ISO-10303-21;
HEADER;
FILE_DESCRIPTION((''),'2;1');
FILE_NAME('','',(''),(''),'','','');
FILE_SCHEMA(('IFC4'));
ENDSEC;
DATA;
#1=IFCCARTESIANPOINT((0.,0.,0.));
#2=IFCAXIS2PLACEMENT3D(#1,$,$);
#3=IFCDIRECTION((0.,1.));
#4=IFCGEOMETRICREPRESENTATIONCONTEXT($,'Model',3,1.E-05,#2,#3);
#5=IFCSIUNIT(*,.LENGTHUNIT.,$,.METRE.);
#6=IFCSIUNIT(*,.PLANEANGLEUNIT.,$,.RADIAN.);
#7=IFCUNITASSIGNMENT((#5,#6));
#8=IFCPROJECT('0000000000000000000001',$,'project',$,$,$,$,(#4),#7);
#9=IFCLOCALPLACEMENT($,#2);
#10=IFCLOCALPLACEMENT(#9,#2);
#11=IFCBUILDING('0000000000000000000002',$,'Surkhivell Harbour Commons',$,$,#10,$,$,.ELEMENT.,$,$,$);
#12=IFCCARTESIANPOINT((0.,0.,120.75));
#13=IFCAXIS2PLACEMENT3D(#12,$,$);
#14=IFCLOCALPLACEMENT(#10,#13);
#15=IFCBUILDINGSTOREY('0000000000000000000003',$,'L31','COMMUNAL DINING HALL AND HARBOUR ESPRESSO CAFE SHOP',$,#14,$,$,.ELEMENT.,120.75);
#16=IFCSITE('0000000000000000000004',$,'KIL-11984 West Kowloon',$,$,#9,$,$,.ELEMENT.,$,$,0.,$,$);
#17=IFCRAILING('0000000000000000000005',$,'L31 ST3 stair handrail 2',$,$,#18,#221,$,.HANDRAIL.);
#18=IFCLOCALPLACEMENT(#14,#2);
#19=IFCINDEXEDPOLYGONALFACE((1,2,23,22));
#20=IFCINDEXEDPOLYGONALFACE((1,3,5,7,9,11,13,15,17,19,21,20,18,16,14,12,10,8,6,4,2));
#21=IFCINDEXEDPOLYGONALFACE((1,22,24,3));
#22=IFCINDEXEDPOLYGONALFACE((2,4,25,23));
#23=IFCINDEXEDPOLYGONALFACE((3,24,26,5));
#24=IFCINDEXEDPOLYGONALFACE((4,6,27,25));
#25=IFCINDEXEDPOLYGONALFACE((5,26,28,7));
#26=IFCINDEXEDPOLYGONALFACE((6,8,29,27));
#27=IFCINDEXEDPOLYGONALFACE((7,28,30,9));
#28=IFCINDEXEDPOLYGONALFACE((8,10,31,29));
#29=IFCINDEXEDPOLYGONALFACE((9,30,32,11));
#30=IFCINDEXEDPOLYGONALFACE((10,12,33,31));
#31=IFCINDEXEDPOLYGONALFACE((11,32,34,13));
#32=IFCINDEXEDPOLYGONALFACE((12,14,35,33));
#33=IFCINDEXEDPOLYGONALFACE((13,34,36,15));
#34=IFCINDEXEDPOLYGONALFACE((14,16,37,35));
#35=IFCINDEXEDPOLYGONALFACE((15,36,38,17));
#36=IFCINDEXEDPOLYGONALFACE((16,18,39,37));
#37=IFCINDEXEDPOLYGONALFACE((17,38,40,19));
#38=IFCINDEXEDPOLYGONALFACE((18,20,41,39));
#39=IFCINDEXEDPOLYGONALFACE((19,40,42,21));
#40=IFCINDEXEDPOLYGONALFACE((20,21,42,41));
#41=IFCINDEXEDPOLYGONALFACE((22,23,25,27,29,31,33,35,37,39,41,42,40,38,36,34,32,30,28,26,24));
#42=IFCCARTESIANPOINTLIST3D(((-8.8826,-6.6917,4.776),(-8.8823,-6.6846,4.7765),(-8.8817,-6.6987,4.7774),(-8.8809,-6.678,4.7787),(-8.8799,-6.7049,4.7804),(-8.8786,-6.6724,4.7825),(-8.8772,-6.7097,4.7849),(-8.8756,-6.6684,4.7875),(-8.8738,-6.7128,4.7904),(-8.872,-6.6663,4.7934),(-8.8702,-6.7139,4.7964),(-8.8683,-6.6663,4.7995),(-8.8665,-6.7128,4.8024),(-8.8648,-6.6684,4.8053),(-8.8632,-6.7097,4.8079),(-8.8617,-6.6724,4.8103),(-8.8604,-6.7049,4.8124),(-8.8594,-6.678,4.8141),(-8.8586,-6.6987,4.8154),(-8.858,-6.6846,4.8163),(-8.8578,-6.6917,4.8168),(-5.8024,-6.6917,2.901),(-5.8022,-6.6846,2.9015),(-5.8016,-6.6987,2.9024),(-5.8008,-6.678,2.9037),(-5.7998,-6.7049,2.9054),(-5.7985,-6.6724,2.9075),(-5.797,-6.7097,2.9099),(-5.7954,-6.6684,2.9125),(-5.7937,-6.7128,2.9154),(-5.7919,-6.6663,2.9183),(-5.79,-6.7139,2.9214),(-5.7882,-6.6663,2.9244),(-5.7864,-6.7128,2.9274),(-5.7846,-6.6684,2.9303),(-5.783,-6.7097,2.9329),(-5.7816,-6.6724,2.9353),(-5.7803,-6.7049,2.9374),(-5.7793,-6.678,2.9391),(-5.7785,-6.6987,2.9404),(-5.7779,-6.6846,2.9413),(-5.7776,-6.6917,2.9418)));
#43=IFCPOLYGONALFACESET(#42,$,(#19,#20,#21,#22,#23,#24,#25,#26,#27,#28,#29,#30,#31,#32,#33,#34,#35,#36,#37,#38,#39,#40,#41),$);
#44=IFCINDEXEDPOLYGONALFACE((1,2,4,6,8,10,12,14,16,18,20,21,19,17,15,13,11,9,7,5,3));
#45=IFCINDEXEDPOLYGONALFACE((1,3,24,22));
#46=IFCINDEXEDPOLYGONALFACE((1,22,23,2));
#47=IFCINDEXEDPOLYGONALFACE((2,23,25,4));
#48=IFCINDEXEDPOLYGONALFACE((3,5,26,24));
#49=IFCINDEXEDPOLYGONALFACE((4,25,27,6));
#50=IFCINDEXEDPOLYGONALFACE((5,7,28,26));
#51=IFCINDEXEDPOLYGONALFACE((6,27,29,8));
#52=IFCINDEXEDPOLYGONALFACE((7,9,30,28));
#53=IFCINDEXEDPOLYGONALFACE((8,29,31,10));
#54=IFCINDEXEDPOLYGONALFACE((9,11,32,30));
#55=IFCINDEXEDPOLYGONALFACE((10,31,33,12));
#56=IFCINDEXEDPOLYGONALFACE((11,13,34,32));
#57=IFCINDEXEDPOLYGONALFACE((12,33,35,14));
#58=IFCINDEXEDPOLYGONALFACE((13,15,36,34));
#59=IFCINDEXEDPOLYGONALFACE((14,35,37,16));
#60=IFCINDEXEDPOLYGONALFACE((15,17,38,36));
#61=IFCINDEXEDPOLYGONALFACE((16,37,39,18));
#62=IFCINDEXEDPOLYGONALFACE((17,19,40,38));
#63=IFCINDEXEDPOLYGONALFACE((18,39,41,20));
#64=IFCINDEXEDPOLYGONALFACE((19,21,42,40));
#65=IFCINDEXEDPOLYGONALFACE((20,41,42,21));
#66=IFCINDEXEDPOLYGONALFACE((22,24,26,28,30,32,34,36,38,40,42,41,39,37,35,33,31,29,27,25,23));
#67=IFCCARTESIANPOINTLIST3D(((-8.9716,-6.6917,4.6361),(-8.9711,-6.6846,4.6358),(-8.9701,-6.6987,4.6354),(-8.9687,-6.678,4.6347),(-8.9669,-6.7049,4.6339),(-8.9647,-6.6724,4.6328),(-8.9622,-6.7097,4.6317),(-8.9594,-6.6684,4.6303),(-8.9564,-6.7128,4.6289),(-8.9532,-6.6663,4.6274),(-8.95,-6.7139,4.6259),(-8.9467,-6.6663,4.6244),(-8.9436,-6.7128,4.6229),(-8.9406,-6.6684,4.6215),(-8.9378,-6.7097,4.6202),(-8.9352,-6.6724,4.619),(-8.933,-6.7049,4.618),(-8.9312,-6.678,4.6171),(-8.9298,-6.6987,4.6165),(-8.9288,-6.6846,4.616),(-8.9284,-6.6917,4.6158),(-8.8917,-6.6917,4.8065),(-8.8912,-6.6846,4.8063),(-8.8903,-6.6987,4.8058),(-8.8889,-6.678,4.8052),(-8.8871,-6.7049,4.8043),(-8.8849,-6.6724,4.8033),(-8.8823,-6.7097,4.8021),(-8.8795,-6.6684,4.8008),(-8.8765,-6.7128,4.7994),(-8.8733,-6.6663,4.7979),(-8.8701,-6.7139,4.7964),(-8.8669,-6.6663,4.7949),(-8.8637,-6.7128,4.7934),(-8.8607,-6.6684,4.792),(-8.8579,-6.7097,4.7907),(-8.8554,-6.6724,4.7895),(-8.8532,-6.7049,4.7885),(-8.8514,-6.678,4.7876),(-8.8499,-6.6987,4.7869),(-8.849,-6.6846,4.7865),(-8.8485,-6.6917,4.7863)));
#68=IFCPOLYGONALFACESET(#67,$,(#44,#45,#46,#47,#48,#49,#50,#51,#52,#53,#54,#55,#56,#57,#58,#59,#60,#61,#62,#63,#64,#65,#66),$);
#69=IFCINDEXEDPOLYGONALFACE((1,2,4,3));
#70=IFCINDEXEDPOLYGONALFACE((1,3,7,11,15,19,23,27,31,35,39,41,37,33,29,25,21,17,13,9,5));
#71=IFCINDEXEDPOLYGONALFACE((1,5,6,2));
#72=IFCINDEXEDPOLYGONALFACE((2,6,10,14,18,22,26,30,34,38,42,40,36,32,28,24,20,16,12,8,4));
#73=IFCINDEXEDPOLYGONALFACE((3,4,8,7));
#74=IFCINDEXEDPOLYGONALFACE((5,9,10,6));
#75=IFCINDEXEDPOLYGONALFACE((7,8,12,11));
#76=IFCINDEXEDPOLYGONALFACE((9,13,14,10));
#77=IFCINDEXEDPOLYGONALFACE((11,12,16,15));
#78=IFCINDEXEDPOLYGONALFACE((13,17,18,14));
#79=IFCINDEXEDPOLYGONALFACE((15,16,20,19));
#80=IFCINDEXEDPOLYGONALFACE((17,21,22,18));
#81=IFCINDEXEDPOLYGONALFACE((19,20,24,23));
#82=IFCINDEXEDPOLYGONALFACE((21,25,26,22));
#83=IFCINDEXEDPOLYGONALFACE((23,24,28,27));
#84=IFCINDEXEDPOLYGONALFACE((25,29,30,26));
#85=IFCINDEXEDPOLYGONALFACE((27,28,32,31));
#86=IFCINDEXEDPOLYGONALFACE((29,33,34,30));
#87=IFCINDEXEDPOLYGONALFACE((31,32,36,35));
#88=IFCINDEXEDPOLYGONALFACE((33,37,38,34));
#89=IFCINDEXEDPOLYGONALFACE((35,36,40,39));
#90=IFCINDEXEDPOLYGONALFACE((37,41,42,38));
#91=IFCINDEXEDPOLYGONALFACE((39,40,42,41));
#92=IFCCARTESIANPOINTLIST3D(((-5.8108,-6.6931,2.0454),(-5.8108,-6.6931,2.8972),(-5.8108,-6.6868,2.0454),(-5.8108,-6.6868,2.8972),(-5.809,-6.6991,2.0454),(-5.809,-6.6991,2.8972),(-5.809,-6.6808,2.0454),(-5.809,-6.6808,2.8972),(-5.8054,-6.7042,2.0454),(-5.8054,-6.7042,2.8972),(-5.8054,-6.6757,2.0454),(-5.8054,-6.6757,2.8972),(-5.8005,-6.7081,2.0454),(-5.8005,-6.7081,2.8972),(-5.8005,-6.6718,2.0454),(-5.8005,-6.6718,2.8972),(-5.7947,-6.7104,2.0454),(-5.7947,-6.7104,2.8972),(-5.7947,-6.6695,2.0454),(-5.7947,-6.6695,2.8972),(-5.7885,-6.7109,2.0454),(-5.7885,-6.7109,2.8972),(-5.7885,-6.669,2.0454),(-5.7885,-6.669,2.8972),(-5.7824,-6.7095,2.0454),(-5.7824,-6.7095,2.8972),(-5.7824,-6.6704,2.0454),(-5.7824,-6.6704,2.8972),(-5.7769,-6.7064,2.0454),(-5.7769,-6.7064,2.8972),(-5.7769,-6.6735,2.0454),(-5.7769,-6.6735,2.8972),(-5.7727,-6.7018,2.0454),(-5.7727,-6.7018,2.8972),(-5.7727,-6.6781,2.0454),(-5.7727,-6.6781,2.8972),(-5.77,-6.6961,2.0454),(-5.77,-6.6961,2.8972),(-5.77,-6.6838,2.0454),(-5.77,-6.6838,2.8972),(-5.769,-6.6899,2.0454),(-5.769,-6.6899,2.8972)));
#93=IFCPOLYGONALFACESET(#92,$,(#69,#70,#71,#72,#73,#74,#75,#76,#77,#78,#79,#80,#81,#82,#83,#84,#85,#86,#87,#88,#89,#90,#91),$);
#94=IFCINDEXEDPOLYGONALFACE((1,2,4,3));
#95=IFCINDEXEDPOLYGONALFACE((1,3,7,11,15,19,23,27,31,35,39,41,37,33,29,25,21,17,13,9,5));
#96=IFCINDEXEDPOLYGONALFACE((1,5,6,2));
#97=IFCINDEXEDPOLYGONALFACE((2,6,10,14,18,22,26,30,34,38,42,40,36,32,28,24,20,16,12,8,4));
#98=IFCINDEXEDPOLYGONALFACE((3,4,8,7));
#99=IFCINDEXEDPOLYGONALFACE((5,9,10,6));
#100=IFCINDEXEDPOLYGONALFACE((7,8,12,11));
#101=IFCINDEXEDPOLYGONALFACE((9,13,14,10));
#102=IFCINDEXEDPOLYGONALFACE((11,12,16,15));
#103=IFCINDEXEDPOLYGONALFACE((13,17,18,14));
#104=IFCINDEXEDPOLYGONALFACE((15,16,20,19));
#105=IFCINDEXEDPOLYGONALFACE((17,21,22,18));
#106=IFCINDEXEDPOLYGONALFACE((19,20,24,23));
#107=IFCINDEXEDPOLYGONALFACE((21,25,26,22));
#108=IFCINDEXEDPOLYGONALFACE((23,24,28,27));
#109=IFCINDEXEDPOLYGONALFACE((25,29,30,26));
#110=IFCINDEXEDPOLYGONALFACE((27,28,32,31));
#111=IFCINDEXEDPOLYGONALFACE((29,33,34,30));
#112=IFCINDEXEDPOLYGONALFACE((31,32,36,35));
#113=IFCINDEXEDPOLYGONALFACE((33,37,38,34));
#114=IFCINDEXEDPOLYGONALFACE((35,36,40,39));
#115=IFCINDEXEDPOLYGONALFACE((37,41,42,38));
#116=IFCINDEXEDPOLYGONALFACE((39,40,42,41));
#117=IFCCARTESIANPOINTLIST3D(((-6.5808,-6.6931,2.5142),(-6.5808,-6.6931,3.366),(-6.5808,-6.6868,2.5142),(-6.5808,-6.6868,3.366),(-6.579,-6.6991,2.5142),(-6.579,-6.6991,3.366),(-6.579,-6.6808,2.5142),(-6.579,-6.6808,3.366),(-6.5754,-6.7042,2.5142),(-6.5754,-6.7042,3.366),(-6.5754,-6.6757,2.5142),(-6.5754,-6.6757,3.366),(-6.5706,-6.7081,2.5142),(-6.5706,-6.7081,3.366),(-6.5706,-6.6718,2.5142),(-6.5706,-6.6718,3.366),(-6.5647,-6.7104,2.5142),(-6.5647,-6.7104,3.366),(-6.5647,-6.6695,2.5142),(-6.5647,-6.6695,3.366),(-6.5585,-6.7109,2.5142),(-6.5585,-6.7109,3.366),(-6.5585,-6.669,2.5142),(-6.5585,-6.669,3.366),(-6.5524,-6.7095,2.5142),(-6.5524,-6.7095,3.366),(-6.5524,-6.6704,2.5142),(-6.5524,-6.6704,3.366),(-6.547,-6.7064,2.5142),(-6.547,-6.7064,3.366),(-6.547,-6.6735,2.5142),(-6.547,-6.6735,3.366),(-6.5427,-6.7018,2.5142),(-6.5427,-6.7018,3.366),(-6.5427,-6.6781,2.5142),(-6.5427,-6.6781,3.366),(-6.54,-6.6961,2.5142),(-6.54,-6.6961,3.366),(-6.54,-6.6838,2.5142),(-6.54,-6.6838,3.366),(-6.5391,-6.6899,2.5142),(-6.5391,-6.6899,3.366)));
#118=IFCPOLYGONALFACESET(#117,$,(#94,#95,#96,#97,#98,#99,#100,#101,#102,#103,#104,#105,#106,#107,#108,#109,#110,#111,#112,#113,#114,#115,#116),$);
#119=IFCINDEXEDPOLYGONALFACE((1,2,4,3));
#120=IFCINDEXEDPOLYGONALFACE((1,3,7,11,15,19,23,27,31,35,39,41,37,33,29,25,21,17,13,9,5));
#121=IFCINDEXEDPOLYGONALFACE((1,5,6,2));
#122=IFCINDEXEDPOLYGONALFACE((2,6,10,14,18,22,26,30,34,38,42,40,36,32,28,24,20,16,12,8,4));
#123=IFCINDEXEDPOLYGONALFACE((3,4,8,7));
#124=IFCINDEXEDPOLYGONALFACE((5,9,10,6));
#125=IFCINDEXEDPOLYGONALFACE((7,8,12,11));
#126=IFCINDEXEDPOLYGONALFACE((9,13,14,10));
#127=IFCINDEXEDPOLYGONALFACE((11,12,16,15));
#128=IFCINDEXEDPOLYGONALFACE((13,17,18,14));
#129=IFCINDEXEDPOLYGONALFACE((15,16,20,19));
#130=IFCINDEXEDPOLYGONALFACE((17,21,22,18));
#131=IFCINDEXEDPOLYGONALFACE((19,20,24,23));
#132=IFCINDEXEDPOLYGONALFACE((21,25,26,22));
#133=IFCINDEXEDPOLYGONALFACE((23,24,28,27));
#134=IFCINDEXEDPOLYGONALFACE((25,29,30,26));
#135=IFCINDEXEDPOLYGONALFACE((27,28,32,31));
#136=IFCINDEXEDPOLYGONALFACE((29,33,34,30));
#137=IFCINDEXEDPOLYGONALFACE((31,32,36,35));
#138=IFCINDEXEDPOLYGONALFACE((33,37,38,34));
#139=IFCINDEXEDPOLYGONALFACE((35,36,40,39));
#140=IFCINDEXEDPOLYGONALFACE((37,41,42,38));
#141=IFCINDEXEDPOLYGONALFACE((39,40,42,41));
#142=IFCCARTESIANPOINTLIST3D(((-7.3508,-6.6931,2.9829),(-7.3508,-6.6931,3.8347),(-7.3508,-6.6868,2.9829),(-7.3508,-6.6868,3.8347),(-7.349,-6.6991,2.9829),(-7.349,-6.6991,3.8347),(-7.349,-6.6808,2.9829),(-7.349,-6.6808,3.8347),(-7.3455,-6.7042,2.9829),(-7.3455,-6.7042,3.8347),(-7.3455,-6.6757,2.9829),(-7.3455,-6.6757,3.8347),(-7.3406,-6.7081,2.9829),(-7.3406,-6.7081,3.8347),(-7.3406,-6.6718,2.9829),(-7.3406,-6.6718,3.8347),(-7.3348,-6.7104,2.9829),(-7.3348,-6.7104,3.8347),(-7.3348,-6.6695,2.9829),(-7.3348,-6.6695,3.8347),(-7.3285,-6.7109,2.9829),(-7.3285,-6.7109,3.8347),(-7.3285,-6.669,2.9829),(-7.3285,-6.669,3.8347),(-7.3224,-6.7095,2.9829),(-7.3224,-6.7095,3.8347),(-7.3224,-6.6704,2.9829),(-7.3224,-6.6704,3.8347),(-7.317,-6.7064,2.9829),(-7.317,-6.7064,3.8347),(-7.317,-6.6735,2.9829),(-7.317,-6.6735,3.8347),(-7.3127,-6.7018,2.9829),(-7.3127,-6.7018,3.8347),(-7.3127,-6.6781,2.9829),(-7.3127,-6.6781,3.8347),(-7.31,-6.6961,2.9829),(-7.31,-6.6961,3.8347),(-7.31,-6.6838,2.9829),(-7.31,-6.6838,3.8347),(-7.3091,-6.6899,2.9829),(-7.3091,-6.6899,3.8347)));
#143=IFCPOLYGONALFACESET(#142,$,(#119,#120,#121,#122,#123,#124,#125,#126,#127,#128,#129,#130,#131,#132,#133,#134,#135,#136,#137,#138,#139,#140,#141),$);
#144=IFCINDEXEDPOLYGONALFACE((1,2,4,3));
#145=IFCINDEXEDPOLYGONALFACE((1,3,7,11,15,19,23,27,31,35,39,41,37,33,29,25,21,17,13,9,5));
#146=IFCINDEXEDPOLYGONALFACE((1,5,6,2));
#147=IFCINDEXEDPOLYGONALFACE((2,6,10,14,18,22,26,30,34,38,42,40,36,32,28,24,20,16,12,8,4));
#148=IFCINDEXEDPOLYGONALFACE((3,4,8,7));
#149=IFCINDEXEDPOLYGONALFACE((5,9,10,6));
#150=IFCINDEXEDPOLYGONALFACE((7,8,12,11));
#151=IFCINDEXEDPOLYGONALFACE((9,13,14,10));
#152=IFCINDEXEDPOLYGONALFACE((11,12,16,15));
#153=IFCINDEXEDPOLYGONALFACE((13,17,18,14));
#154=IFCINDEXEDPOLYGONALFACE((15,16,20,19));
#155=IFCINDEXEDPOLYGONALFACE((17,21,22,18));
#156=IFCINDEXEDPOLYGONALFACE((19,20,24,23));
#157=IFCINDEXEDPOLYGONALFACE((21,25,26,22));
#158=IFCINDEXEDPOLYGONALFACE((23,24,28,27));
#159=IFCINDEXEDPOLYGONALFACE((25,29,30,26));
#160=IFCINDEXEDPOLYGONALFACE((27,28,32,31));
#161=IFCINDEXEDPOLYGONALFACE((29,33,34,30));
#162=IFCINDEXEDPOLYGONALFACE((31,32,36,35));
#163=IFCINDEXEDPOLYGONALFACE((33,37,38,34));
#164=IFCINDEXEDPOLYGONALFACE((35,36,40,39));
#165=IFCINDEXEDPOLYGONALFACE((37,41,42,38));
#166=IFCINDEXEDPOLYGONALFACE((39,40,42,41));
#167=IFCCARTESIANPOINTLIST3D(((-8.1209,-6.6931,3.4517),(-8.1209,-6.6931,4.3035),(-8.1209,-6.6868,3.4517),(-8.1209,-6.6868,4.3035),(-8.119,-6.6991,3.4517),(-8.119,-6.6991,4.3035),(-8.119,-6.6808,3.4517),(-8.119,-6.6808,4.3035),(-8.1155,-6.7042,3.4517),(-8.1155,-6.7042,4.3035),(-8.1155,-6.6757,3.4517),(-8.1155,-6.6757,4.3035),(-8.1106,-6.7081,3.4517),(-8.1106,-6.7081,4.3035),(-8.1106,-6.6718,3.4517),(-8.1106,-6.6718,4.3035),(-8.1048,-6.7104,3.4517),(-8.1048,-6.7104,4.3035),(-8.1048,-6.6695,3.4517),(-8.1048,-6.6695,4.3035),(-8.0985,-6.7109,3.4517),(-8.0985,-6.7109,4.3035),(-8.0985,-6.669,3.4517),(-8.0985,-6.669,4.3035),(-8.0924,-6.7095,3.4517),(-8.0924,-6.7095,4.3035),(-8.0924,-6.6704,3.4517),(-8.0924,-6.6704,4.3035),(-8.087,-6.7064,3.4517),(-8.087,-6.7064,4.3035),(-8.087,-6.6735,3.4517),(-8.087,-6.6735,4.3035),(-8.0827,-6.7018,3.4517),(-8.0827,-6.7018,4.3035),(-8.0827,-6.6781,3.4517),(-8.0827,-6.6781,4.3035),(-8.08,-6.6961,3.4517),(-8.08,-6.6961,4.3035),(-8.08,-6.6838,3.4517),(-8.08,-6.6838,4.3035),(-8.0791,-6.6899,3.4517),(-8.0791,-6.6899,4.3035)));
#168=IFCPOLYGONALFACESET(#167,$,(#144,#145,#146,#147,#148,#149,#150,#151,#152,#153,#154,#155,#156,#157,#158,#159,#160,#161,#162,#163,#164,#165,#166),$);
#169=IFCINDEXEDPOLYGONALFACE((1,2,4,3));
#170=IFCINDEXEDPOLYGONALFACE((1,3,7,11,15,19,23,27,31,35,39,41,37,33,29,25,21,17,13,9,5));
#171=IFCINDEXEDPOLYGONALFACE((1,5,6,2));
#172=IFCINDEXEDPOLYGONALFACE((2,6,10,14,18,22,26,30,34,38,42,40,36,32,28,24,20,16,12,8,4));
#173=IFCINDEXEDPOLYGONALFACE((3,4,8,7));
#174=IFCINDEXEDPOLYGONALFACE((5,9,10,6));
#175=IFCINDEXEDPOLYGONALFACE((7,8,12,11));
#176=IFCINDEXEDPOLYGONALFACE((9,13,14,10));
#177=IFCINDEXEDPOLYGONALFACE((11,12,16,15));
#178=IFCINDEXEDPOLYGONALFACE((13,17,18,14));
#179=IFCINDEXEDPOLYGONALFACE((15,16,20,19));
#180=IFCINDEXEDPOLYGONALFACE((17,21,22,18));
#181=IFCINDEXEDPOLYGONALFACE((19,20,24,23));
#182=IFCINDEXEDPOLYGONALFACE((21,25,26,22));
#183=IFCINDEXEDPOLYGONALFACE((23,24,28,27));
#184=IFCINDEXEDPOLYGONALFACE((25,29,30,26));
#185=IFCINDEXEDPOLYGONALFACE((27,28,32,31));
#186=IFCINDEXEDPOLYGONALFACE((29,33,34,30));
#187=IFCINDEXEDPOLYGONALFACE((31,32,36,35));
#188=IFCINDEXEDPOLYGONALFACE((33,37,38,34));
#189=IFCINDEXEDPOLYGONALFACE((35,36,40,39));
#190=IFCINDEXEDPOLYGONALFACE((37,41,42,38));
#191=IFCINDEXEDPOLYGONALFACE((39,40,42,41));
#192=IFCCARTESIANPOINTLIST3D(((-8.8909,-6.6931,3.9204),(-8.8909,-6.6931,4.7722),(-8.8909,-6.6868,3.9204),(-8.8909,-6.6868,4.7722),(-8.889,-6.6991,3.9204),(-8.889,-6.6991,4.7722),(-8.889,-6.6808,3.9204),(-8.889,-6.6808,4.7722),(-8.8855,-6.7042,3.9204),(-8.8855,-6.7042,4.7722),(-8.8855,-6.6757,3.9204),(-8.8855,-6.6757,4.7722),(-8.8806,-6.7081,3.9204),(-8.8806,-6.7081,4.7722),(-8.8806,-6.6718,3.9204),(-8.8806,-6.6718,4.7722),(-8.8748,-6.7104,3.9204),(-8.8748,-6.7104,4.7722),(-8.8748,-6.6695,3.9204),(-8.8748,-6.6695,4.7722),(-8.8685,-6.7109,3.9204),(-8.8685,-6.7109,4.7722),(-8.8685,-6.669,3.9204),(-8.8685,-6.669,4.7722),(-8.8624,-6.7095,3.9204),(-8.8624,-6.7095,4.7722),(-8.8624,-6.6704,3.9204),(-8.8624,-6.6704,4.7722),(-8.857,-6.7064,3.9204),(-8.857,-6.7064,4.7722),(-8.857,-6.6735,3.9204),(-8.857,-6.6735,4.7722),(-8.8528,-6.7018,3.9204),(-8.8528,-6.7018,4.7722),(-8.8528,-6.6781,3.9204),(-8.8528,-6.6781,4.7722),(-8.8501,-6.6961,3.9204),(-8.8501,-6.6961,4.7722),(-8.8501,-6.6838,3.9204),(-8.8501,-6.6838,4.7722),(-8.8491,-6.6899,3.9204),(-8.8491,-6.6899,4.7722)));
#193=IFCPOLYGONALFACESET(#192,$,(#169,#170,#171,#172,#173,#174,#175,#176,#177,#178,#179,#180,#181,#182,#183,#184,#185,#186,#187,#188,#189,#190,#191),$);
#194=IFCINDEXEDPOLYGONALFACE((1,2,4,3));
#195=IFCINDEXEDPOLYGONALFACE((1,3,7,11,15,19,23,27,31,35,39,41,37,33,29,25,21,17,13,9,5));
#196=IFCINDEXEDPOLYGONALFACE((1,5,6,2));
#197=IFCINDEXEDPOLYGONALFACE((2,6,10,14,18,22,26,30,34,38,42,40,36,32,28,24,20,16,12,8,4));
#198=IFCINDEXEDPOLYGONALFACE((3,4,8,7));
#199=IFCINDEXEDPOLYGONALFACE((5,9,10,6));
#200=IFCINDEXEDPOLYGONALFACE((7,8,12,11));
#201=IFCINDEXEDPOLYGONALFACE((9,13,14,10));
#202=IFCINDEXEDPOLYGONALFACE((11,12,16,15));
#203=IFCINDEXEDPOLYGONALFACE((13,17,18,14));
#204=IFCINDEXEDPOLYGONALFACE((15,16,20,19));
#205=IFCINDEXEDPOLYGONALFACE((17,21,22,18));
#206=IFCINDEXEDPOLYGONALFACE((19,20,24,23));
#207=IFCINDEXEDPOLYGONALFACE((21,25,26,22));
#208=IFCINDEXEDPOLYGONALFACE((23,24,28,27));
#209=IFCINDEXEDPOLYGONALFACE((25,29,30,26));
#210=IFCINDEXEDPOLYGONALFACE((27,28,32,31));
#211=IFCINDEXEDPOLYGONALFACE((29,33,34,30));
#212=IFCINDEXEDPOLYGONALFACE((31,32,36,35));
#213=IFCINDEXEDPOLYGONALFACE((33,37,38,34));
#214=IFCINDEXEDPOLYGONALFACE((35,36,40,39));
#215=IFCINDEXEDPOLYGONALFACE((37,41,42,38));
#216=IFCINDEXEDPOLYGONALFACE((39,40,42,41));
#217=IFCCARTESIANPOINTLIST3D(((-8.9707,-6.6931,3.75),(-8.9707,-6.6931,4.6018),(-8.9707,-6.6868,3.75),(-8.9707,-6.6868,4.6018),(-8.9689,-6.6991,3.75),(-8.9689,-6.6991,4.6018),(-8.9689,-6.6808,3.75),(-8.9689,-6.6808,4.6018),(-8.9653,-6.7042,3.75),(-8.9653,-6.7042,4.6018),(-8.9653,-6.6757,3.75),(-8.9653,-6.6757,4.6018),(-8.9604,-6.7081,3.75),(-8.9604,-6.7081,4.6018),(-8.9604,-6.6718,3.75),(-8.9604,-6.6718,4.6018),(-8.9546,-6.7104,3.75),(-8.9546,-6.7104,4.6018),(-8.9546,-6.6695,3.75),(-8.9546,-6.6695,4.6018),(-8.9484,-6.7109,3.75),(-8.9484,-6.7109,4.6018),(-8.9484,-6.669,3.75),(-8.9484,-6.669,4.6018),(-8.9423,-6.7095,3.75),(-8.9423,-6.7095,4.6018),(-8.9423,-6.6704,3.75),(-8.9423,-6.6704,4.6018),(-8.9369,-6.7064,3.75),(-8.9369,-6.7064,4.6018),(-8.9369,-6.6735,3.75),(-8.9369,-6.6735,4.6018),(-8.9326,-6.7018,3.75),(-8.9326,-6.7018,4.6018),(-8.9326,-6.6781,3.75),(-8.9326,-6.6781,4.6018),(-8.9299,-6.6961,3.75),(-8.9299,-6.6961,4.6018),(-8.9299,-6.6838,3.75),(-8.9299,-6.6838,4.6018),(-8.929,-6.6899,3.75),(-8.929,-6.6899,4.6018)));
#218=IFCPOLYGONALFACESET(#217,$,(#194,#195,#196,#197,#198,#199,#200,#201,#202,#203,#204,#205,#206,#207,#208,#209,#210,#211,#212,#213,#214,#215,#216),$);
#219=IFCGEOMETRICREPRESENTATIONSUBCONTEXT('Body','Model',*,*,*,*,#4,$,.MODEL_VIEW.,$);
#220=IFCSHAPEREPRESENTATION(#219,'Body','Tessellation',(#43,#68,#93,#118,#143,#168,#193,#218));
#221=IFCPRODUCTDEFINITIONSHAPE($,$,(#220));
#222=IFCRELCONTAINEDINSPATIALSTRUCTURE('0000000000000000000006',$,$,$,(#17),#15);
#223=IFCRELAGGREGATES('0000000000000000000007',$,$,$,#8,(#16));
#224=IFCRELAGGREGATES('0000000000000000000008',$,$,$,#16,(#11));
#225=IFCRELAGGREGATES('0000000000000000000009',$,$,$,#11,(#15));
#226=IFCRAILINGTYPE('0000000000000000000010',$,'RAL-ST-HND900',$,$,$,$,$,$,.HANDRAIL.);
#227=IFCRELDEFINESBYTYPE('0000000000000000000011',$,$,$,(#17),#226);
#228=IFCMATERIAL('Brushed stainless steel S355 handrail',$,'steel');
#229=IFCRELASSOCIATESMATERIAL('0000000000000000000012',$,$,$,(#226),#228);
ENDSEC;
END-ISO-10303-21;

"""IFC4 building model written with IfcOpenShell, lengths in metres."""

from ifc_helpers import new_model, si_unit, direction, frame, origin, origin_2d, place, context, subcontext, project, spatial, circle, extrude, material, type_object, element, save


model = new_model("IFC4")

# Units and contexts
model_context = context("Model", 3, precision=1e-05, world=origin(), true_north=direction((0.0, 1.0)))
body_context = subcontext(model_context, "Body", "Model", "MODEL_VIEW")
ifc_project = project(units=[si_unit("LENGTHUNIT", "METRE"), si_unit("PLANEANGLEUNIT", "RADIAN")], contexts=[model_context])

# Site, building, storey
site_placement = place(None, origin())
site = spatial("IfcSite", under=ifc_project, at=site_placement, Name="KIL-11984 West Kowloon", CompositionType="ELEMENT", RefElevation=0.0)
building_placement = place(site_placement, origin())
building = spatial("IfcBuilding", under=site, at=building_placement, Name="Surkhivell Harbour Commons", CompositionType="ELEMENT")
storey_placement = place(building_placement, frame((0.0, 0.0, 120.75)))
storey = spatial("IfcBuildingStorey", under=building, at=storey_placement, Name="L31", Description="COMMUNAL DINING HALL AND HARBOUR ESPRESSO CAFE SHOP", CompositionType="ELEMENT", Elevation=120.75)

# Railing
ifc_material_1 = material(Name="Brushed stainless steel S355 handrail", Category="steel")
railing_type_1 = type_object("IfcRailingType", Name="RAL-ST-HND900", PredefinedType="HANDRAIL", material=ifc_material_1)
railing_1_placement = place(storey_placement, frame((-5.79, -6.6899, 2.0454)))
element("IfcRailing", 1, at=railing_1_placement, inside=storey, type_object=railing_type_1, Name="L31 ST3 stair handrail 2", PredefinedType="HANDRAIL", context=body_context, shape_type="SweptSolid", body=[
    extrude(circle(Radius=0.0239, at=origin_2d()), frame((0.0, 0.0, 0.876), z_axis=(-0.854178, 0.0, 0.519981), x_axis=(0.0, -1.0, 0.0)), (0.0, 0.0, 1.0), 3.606),
    extrude(circle(Radius=0.0239, at=origin_2d()), frame((-3.0801, 0.0, 2.751), z_axis=(-0.424234, 0.0, -0.905552), x_axis=(0.0, -1.0, 0.0)), (0.0, 0.0, 1.0), 0.1882),
    extrude(circle(Radius=0.021, at=origin_2d()), origin(), (0.0, 0.0, 1.0), 0.8518),
    extrude(circle(Radius=0.021, at=origin_2d()), frame((-0.77, 0.0, 0.4688)), (0.0, 0.0, 1.0), 0.8518),
    extrude(circle(Radius=0.021, at=origin_2d()), frame((-1.54, 0.0, 0.9375)), (0.0, 0.0, 1.0), 0.8518),
    extrude(circle(Radius=0.021, at=origin_2d()), frame((-2.3101, 0.0, 1.4062)), (0.0, 0.0, 1.0), 0.8518),
    extrude(circle(Radius=0.021, at=origin_2d()), frame((-3.0801, 0.0, 1.875)), (0.0, 0.0, 1.0), 0.8518),
    extrude(circle(Radius=0.021, at=origin_2d()), frame((-3.1599, 0.0, 1.7046)), (0.0, 0.0, 1.0), 0.8518),
])

save(model, "model.ifc")
